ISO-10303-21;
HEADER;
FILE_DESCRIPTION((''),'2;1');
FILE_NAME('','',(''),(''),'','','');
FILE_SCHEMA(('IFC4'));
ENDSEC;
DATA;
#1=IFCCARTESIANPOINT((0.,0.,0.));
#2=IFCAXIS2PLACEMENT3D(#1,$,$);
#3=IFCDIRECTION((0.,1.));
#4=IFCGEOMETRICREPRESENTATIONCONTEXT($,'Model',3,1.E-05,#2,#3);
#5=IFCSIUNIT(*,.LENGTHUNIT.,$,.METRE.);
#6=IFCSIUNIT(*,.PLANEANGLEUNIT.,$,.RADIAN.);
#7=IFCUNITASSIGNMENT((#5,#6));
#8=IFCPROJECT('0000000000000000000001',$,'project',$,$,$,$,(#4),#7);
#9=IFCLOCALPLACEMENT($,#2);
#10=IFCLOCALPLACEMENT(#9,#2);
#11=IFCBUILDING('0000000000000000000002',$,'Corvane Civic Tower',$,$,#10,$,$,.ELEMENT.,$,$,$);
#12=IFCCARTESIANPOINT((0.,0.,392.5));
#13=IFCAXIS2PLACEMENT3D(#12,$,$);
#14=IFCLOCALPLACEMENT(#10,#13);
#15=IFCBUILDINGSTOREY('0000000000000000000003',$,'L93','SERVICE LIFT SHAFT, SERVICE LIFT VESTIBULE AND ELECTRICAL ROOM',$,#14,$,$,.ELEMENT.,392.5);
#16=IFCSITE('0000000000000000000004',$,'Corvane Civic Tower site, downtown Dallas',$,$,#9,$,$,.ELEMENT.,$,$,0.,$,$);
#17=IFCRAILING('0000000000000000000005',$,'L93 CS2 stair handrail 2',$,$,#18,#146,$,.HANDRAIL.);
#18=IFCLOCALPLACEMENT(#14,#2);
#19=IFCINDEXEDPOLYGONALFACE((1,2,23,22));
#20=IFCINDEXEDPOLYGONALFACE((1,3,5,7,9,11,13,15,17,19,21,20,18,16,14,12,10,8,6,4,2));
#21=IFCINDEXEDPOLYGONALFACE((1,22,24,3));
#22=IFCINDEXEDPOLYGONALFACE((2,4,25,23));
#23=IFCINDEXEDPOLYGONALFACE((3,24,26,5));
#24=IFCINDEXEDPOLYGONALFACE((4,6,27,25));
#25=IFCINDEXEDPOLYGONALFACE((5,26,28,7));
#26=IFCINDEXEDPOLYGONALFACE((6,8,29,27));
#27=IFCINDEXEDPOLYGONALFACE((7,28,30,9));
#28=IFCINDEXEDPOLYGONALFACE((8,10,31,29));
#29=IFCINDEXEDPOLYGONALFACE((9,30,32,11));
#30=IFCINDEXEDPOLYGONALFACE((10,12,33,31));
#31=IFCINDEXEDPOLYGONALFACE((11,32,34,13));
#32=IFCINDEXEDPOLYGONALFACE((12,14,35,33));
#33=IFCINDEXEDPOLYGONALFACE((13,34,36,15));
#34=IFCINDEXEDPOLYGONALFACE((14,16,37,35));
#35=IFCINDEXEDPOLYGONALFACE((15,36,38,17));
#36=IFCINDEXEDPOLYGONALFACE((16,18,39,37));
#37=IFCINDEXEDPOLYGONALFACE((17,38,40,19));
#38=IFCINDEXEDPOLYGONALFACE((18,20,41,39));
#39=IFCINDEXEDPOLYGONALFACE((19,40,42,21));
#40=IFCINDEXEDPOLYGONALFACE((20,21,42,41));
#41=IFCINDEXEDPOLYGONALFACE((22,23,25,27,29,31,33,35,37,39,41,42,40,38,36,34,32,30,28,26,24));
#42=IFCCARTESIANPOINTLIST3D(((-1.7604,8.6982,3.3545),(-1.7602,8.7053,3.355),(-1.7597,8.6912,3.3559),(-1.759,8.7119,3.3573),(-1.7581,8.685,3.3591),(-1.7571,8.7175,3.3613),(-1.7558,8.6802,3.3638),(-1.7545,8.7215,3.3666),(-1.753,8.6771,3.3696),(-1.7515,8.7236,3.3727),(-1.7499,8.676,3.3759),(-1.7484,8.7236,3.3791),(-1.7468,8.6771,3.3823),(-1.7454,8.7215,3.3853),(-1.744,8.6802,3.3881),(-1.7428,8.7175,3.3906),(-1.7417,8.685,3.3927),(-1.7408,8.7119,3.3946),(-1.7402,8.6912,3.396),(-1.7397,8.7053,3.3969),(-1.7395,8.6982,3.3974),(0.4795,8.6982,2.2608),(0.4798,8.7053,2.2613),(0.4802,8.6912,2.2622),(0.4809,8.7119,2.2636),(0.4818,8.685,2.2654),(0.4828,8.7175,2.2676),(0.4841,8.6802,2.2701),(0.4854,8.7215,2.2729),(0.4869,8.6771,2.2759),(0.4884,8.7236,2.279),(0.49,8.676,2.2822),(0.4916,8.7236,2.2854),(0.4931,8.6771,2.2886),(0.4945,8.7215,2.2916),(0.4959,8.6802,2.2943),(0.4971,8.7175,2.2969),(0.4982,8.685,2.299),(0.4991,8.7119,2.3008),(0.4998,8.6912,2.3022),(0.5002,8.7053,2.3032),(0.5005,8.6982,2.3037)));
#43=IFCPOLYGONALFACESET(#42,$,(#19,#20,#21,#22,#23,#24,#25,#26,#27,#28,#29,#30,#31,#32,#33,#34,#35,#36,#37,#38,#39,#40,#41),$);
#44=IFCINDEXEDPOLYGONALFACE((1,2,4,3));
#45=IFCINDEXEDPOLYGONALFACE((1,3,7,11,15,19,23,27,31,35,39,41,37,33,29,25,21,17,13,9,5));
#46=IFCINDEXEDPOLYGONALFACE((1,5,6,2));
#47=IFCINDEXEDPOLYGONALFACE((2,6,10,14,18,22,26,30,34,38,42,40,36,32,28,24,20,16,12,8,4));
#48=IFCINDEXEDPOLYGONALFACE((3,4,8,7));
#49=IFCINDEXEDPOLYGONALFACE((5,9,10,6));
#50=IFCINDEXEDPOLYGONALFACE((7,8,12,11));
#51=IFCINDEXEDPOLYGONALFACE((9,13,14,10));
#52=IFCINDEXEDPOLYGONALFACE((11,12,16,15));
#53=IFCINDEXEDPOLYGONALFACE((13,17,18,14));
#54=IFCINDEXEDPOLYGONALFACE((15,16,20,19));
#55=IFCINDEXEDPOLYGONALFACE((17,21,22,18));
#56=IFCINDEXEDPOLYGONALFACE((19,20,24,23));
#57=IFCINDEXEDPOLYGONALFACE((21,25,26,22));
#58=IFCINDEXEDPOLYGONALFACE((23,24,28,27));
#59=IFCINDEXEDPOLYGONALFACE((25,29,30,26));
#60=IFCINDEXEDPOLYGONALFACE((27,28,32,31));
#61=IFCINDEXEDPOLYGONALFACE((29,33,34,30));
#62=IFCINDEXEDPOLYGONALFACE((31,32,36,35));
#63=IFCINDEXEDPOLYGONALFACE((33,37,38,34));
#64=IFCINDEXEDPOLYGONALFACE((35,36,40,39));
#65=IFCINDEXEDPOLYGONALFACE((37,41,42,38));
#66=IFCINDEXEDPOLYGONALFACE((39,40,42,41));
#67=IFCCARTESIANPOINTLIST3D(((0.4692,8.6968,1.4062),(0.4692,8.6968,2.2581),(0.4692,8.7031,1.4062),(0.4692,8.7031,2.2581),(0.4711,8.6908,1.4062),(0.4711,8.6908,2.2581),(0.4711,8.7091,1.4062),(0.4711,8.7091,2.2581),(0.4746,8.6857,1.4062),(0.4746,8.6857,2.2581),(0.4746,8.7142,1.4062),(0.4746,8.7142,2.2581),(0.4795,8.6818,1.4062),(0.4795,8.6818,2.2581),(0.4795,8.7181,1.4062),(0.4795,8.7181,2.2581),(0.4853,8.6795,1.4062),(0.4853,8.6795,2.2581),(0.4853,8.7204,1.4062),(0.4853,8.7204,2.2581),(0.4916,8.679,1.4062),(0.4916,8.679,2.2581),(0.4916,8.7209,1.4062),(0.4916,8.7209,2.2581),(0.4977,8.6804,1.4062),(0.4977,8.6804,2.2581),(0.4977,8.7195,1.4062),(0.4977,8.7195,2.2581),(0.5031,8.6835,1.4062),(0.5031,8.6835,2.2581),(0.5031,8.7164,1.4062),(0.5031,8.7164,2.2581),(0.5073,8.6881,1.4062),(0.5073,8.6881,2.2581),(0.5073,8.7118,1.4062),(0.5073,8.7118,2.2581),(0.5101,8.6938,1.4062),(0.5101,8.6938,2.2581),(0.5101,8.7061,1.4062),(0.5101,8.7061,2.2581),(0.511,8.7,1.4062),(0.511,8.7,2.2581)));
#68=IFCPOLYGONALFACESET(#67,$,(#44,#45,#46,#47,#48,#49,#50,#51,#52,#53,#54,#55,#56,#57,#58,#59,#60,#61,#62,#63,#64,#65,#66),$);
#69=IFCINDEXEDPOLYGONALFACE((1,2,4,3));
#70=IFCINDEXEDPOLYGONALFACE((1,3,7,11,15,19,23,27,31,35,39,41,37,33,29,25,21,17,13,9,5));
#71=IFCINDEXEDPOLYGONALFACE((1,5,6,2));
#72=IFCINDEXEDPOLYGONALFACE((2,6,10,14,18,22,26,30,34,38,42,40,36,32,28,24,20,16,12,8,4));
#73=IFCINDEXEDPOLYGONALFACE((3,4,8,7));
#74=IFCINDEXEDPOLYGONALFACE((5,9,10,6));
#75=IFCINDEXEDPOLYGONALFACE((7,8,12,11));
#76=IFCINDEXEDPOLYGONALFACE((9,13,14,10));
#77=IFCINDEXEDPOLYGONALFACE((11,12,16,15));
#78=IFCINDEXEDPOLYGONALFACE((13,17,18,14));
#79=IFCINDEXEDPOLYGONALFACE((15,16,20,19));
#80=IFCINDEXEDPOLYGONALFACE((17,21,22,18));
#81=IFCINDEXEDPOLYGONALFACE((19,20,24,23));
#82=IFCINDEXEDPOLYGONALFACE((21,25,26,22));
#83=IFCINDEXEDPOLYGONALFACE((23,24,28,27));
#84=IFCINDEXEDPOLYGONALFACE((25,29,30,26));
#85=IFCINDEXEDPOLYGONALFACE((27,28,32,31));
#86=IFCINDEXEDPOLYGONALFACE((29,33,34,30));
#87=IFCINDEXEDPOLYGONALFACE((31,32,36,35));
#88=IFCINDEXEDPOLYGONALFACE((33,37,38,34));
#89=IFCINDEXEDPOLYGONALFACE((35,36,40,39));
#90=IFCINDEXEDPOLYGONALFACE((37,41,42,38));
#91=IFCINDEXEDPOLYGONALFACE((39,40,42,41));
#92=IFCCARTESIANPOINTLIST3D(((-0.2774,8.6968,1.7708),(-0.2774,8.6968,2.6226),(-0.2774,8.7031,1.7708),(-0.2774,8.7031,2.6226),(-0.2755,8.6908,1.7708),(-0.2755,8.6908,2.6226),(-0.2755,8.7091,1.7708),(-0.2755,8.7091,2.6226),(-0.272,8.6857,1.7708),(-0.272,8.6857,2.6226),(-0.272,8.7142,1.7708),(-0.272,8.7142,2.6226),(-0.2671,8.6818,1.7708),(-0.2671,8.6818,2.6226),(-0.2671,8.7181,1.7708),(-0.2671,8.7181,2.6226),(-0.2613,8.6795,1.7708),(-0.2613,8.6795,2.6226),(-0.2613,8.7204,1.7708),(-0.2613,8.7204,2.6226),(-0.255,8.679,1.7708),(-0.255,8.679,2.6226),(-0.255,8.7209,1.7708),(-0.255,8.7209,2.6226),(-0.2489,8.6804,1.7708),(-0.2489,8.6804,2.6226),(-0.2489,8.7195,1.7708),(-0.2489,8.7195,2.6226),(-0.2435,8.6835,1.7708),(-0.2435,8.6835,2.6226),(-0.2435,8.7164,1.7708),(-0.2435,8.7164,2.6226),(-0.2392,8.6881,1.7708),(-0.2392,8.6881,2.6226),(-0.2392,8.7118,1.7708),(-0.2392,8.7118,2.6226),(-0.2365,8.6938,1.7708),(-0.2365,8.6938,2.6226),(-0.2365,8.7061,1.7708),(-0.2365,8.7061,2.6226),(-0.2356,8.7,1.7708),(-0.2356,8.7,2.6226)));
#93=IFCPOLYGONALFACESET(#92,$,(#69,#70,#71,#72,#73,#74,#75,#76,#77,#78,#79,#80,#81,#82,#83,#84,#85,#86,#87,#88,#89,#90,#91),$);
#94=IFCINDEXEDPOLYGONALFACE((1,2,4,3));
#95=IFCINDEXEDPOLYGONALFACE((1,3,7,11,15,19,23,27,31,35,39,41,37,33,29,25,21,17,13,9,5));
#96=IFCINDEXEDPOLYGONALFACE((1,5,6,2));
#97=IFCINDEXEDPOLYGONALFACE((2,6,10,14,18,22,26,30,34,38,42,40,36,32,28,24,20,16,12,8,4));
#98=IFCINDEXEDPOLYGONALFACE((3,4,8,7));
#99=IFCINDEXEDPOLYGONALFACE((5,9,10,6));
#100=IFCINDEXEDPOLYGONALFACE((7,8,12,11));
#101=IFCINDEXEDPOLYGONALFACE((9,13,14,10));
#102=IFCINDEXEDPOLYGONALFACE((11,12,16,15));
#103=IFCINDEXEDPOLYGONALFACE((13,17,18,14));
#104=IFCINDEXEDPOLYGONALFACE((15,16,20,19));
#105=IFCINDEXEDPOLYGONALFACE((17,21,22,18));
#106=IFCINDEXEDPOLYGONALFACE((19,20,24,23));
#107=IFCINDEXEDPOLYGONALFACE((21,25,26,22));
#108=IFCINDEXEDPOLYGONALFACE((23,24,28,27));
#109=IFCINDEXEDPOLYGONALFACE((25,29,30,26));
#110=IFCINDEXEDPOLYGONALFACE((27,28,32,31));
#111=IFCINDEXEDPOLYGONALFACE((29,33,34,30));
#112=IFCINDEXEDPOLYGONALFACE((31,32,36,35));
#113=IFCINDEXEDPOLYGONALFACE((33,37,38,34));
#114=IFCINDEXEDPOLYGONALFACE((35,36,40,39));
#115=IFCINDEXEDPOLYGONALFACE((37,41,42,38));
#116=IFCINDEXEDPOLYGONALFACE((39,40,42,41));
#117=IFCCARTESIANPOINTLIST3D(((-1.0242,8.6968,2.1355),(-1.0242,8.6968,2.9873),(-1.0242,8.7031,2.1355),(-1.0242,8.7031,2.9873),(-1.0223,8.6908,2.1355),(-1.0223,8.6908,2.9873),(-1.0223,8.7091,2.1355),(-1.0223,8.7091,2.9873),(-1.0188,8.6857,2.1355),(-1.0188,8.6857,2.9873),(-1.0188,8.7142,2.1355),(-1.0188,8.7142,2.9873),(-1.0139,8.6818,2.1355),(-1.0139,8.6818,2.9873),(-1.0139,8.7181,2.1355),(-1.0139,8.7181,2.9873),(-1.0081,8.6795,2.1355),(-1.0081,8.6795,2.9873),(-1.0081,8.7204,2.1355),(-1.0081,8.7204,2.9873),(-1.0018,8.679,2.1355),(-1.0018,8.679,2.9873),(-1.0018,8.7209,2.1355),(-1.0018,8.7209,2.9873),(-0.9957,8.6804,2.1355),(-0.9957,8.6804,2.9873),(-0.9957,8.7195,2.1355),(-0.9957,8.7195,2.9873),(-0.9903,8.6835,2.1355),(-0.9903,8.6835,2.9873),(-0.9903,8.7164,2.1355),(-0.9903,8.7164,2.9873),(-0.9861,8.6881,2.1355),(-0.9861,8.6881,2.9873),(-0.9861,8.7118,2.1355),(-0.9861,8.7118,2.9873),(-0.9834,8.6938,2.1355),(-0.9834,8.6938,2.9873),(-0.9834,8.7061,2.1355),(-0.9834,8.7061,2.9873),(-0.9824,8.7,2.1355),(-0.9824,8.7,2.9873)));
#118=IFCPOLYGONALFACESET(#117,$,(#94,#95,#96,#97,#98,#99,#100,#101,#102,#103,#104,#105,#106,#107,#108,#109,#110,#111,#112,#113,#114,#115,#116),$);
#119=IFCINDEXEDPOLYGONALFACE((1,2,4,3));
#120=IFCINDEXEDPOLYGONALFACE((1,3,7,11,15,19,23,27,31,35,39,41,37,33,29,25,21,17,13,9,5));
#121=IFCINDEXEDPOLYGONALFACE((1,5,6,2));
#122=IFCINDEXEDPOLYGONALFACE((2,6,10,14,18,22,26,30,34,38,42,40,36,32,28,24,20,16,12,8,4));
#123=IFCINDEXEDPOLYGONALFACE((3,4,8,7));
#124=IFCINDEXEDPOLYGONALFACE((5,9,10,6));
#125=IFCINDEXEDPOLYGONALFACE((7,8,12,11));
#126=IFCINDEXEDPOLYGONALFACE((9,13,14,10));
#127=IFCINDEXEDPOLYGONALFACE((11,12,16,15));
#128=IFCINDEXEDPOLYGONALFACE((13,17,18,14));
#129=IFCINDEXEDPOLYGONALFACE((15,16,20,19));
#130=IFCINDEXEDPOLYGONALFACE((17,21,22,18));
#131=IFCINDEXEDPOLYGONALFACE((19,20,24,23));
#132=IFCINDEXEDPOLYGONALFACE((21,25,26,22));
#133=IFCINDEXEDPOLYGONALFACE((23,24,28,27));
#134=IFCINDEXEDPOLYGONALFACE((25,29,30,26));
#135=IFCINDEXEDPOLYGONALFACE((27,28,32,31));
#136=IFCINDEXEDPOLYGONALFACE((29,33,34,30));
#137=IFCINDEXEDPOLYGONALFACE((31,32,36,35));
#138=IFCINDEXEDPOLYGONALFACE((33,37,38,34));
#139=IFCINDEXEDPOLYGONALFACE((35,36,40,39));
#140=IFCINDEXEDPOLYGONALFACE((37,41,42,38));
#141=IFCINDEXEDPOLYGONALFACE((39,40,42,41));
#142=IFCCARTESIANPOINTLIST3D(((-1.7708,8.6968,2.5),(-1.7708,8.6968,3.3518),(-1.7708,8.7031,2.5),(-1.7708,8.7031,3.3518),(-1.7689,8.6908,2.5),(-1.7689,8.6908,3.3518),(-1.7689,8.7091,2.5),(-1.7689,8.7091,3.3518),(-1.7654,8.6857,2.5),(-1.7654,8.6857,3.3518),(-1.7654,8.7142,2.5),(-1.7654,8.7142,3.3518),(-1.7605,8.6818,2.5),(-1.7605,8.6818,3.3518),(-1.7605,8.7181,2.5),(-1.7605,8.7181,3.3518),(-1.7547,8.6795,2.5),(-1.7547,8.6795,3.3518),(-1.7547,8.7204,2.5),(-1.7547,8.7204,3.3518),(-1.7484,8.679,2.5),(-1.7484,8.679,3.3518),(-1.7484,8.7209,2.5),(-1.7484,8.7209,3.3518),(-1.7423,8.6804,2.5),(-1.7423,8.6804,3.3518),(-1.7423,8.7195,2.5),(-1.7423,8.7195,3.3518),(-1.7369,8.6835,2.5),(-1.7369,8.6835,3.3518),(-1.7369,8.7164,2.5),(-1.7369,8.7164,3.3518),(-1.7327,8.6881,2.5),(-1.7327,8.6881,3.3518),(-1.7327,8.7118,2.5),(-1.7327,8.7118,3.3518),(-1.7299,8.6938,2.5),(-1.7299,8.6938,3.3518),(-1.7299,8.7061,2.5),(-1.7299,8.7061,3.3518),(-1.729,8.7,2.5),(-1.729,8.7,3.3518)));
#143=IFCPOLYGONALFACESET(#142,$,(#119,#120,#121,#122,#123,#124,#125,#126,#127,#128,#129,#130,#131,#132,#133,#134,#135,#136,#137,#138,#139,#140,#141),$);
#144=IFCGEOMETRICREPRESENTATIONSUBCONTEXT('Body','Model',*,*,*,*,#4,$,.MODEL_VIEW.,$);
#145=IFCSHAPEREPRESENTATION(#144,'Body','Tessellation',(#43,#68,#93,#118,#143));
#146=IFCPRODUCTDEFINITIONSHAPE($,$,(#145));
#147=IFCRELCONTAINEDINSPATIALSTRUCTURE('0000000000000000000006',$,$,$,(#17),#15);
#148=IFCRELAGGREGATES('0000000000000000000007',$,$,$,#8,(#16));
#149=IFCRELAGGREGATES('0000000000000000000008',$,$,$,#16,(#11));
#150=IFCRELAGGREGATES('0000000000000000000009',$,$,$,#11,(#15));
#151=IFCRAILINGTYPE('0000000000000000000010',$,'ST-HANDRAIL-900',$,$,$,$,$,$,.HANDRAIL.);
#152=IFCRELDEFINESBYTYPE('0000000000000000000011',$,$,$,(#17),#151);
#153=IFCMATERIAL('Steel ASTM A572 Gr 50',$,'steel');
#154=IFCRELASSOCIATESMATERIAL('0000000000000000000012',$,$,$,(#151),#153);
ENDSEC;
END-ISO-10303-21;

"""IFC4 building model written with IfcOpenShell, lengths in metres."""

from ifc_helpers import new_model, si_unit, direction, frame, origin, origin_2d, place, context, subcontext, project, spatial, circle, extrude, material, type_object, element, save


model = new_model("IFC4")

# Units and contexts
model_context = context("Model", 3, precision=1e-05, world=origin(), true_north=direction((0.0, 1.0)))
body_context = subcontext(model_context, "Body", "Model", "MODEL_VIEW")
ifc_project = project(units=[si_unit("LENGTHUNIT", "METRE"), si_unit("PLANEANGLEUNIT", "RADIAN")], contexts=[model_context])

# Site, building, storey
site_placement = place(None, origin())
site = spatial("IfcSite", under=ifc_project, at=site_placement, Name="Corvane Civic Tower site, downtown Dallas", CompositionType="ELEMENT", RefElevation=0.0)
building_placement = place(site_placement, origin())
building = spatial("IfcBuilding", under=site, at=building_placement, Name="Corvane Civic Tower", CompositionType="ELEMENT")
storey_placement = place(building_placement, frame((0.0, 0.0, 392.5)))
storey = spatial("IfcBuildingStorey", under=building, at=storey_placement, Name="L93", Description="SERVICE LIFT SHAFT, SERVICE LIFT VESTIBULE AND ELECTRICAL ROOM", CompositionType="ELEMENT", Elevation=392.5)

# Railing
ifc_material_1 = material(Name="Steel ASTM A572 Gr 50", Category="steel")
railing_type = type_object("IfcRailingType", Name="ST-HANDRAIL-900", PredefinedType="HANDRAIL", material=ifc_material_1)
for number, where, name in (
    (1, (0.49, 8.7, 1.4062), "L93 CS2 stair handrail 2"),
):
    element("IfcRailing", number, at=place(storey_placement, frame(where)), inside=storey, type_object=railing_type, Name=name, PredefinedType="HANDRAIL", context=body_context, shape_type="SweptSolid", body=[
        extrude(circle(Radius=0.0239, at=origin_2d()), frame((0.0, 0.0, 0.876), z_axis=(-0.898599, 0.0, 0.438771), x_axis=(0.0, -1.0, 0.0)), (0.0, 0.0, 1.0), 2.4927),
        extrude(circle(Radius=0.021, at=origin_2d()), origin(), (0.0, 0.0, 1.0), 0.8518),
        extrude(circle(Radius=0.021, at=origin_2d()), frame((-0.7466, 0.0, 0.3645)), (0.0, 0.0, 1.0), 0.8518),
        extrude(circle(Radius=0.021, at=origin_2d()), frame((-1.4934, 0.0, 0.7292)), (0.0, 0.0, 1.0), 0.8518),
        extrude(circle(Radius=0.021, at=origin_2d()), frame((-2.24, 0.0, 1.0938)), (0.0, 0.0, 1.0), 0.8518),
    ])

save(model, "model.ifc")
